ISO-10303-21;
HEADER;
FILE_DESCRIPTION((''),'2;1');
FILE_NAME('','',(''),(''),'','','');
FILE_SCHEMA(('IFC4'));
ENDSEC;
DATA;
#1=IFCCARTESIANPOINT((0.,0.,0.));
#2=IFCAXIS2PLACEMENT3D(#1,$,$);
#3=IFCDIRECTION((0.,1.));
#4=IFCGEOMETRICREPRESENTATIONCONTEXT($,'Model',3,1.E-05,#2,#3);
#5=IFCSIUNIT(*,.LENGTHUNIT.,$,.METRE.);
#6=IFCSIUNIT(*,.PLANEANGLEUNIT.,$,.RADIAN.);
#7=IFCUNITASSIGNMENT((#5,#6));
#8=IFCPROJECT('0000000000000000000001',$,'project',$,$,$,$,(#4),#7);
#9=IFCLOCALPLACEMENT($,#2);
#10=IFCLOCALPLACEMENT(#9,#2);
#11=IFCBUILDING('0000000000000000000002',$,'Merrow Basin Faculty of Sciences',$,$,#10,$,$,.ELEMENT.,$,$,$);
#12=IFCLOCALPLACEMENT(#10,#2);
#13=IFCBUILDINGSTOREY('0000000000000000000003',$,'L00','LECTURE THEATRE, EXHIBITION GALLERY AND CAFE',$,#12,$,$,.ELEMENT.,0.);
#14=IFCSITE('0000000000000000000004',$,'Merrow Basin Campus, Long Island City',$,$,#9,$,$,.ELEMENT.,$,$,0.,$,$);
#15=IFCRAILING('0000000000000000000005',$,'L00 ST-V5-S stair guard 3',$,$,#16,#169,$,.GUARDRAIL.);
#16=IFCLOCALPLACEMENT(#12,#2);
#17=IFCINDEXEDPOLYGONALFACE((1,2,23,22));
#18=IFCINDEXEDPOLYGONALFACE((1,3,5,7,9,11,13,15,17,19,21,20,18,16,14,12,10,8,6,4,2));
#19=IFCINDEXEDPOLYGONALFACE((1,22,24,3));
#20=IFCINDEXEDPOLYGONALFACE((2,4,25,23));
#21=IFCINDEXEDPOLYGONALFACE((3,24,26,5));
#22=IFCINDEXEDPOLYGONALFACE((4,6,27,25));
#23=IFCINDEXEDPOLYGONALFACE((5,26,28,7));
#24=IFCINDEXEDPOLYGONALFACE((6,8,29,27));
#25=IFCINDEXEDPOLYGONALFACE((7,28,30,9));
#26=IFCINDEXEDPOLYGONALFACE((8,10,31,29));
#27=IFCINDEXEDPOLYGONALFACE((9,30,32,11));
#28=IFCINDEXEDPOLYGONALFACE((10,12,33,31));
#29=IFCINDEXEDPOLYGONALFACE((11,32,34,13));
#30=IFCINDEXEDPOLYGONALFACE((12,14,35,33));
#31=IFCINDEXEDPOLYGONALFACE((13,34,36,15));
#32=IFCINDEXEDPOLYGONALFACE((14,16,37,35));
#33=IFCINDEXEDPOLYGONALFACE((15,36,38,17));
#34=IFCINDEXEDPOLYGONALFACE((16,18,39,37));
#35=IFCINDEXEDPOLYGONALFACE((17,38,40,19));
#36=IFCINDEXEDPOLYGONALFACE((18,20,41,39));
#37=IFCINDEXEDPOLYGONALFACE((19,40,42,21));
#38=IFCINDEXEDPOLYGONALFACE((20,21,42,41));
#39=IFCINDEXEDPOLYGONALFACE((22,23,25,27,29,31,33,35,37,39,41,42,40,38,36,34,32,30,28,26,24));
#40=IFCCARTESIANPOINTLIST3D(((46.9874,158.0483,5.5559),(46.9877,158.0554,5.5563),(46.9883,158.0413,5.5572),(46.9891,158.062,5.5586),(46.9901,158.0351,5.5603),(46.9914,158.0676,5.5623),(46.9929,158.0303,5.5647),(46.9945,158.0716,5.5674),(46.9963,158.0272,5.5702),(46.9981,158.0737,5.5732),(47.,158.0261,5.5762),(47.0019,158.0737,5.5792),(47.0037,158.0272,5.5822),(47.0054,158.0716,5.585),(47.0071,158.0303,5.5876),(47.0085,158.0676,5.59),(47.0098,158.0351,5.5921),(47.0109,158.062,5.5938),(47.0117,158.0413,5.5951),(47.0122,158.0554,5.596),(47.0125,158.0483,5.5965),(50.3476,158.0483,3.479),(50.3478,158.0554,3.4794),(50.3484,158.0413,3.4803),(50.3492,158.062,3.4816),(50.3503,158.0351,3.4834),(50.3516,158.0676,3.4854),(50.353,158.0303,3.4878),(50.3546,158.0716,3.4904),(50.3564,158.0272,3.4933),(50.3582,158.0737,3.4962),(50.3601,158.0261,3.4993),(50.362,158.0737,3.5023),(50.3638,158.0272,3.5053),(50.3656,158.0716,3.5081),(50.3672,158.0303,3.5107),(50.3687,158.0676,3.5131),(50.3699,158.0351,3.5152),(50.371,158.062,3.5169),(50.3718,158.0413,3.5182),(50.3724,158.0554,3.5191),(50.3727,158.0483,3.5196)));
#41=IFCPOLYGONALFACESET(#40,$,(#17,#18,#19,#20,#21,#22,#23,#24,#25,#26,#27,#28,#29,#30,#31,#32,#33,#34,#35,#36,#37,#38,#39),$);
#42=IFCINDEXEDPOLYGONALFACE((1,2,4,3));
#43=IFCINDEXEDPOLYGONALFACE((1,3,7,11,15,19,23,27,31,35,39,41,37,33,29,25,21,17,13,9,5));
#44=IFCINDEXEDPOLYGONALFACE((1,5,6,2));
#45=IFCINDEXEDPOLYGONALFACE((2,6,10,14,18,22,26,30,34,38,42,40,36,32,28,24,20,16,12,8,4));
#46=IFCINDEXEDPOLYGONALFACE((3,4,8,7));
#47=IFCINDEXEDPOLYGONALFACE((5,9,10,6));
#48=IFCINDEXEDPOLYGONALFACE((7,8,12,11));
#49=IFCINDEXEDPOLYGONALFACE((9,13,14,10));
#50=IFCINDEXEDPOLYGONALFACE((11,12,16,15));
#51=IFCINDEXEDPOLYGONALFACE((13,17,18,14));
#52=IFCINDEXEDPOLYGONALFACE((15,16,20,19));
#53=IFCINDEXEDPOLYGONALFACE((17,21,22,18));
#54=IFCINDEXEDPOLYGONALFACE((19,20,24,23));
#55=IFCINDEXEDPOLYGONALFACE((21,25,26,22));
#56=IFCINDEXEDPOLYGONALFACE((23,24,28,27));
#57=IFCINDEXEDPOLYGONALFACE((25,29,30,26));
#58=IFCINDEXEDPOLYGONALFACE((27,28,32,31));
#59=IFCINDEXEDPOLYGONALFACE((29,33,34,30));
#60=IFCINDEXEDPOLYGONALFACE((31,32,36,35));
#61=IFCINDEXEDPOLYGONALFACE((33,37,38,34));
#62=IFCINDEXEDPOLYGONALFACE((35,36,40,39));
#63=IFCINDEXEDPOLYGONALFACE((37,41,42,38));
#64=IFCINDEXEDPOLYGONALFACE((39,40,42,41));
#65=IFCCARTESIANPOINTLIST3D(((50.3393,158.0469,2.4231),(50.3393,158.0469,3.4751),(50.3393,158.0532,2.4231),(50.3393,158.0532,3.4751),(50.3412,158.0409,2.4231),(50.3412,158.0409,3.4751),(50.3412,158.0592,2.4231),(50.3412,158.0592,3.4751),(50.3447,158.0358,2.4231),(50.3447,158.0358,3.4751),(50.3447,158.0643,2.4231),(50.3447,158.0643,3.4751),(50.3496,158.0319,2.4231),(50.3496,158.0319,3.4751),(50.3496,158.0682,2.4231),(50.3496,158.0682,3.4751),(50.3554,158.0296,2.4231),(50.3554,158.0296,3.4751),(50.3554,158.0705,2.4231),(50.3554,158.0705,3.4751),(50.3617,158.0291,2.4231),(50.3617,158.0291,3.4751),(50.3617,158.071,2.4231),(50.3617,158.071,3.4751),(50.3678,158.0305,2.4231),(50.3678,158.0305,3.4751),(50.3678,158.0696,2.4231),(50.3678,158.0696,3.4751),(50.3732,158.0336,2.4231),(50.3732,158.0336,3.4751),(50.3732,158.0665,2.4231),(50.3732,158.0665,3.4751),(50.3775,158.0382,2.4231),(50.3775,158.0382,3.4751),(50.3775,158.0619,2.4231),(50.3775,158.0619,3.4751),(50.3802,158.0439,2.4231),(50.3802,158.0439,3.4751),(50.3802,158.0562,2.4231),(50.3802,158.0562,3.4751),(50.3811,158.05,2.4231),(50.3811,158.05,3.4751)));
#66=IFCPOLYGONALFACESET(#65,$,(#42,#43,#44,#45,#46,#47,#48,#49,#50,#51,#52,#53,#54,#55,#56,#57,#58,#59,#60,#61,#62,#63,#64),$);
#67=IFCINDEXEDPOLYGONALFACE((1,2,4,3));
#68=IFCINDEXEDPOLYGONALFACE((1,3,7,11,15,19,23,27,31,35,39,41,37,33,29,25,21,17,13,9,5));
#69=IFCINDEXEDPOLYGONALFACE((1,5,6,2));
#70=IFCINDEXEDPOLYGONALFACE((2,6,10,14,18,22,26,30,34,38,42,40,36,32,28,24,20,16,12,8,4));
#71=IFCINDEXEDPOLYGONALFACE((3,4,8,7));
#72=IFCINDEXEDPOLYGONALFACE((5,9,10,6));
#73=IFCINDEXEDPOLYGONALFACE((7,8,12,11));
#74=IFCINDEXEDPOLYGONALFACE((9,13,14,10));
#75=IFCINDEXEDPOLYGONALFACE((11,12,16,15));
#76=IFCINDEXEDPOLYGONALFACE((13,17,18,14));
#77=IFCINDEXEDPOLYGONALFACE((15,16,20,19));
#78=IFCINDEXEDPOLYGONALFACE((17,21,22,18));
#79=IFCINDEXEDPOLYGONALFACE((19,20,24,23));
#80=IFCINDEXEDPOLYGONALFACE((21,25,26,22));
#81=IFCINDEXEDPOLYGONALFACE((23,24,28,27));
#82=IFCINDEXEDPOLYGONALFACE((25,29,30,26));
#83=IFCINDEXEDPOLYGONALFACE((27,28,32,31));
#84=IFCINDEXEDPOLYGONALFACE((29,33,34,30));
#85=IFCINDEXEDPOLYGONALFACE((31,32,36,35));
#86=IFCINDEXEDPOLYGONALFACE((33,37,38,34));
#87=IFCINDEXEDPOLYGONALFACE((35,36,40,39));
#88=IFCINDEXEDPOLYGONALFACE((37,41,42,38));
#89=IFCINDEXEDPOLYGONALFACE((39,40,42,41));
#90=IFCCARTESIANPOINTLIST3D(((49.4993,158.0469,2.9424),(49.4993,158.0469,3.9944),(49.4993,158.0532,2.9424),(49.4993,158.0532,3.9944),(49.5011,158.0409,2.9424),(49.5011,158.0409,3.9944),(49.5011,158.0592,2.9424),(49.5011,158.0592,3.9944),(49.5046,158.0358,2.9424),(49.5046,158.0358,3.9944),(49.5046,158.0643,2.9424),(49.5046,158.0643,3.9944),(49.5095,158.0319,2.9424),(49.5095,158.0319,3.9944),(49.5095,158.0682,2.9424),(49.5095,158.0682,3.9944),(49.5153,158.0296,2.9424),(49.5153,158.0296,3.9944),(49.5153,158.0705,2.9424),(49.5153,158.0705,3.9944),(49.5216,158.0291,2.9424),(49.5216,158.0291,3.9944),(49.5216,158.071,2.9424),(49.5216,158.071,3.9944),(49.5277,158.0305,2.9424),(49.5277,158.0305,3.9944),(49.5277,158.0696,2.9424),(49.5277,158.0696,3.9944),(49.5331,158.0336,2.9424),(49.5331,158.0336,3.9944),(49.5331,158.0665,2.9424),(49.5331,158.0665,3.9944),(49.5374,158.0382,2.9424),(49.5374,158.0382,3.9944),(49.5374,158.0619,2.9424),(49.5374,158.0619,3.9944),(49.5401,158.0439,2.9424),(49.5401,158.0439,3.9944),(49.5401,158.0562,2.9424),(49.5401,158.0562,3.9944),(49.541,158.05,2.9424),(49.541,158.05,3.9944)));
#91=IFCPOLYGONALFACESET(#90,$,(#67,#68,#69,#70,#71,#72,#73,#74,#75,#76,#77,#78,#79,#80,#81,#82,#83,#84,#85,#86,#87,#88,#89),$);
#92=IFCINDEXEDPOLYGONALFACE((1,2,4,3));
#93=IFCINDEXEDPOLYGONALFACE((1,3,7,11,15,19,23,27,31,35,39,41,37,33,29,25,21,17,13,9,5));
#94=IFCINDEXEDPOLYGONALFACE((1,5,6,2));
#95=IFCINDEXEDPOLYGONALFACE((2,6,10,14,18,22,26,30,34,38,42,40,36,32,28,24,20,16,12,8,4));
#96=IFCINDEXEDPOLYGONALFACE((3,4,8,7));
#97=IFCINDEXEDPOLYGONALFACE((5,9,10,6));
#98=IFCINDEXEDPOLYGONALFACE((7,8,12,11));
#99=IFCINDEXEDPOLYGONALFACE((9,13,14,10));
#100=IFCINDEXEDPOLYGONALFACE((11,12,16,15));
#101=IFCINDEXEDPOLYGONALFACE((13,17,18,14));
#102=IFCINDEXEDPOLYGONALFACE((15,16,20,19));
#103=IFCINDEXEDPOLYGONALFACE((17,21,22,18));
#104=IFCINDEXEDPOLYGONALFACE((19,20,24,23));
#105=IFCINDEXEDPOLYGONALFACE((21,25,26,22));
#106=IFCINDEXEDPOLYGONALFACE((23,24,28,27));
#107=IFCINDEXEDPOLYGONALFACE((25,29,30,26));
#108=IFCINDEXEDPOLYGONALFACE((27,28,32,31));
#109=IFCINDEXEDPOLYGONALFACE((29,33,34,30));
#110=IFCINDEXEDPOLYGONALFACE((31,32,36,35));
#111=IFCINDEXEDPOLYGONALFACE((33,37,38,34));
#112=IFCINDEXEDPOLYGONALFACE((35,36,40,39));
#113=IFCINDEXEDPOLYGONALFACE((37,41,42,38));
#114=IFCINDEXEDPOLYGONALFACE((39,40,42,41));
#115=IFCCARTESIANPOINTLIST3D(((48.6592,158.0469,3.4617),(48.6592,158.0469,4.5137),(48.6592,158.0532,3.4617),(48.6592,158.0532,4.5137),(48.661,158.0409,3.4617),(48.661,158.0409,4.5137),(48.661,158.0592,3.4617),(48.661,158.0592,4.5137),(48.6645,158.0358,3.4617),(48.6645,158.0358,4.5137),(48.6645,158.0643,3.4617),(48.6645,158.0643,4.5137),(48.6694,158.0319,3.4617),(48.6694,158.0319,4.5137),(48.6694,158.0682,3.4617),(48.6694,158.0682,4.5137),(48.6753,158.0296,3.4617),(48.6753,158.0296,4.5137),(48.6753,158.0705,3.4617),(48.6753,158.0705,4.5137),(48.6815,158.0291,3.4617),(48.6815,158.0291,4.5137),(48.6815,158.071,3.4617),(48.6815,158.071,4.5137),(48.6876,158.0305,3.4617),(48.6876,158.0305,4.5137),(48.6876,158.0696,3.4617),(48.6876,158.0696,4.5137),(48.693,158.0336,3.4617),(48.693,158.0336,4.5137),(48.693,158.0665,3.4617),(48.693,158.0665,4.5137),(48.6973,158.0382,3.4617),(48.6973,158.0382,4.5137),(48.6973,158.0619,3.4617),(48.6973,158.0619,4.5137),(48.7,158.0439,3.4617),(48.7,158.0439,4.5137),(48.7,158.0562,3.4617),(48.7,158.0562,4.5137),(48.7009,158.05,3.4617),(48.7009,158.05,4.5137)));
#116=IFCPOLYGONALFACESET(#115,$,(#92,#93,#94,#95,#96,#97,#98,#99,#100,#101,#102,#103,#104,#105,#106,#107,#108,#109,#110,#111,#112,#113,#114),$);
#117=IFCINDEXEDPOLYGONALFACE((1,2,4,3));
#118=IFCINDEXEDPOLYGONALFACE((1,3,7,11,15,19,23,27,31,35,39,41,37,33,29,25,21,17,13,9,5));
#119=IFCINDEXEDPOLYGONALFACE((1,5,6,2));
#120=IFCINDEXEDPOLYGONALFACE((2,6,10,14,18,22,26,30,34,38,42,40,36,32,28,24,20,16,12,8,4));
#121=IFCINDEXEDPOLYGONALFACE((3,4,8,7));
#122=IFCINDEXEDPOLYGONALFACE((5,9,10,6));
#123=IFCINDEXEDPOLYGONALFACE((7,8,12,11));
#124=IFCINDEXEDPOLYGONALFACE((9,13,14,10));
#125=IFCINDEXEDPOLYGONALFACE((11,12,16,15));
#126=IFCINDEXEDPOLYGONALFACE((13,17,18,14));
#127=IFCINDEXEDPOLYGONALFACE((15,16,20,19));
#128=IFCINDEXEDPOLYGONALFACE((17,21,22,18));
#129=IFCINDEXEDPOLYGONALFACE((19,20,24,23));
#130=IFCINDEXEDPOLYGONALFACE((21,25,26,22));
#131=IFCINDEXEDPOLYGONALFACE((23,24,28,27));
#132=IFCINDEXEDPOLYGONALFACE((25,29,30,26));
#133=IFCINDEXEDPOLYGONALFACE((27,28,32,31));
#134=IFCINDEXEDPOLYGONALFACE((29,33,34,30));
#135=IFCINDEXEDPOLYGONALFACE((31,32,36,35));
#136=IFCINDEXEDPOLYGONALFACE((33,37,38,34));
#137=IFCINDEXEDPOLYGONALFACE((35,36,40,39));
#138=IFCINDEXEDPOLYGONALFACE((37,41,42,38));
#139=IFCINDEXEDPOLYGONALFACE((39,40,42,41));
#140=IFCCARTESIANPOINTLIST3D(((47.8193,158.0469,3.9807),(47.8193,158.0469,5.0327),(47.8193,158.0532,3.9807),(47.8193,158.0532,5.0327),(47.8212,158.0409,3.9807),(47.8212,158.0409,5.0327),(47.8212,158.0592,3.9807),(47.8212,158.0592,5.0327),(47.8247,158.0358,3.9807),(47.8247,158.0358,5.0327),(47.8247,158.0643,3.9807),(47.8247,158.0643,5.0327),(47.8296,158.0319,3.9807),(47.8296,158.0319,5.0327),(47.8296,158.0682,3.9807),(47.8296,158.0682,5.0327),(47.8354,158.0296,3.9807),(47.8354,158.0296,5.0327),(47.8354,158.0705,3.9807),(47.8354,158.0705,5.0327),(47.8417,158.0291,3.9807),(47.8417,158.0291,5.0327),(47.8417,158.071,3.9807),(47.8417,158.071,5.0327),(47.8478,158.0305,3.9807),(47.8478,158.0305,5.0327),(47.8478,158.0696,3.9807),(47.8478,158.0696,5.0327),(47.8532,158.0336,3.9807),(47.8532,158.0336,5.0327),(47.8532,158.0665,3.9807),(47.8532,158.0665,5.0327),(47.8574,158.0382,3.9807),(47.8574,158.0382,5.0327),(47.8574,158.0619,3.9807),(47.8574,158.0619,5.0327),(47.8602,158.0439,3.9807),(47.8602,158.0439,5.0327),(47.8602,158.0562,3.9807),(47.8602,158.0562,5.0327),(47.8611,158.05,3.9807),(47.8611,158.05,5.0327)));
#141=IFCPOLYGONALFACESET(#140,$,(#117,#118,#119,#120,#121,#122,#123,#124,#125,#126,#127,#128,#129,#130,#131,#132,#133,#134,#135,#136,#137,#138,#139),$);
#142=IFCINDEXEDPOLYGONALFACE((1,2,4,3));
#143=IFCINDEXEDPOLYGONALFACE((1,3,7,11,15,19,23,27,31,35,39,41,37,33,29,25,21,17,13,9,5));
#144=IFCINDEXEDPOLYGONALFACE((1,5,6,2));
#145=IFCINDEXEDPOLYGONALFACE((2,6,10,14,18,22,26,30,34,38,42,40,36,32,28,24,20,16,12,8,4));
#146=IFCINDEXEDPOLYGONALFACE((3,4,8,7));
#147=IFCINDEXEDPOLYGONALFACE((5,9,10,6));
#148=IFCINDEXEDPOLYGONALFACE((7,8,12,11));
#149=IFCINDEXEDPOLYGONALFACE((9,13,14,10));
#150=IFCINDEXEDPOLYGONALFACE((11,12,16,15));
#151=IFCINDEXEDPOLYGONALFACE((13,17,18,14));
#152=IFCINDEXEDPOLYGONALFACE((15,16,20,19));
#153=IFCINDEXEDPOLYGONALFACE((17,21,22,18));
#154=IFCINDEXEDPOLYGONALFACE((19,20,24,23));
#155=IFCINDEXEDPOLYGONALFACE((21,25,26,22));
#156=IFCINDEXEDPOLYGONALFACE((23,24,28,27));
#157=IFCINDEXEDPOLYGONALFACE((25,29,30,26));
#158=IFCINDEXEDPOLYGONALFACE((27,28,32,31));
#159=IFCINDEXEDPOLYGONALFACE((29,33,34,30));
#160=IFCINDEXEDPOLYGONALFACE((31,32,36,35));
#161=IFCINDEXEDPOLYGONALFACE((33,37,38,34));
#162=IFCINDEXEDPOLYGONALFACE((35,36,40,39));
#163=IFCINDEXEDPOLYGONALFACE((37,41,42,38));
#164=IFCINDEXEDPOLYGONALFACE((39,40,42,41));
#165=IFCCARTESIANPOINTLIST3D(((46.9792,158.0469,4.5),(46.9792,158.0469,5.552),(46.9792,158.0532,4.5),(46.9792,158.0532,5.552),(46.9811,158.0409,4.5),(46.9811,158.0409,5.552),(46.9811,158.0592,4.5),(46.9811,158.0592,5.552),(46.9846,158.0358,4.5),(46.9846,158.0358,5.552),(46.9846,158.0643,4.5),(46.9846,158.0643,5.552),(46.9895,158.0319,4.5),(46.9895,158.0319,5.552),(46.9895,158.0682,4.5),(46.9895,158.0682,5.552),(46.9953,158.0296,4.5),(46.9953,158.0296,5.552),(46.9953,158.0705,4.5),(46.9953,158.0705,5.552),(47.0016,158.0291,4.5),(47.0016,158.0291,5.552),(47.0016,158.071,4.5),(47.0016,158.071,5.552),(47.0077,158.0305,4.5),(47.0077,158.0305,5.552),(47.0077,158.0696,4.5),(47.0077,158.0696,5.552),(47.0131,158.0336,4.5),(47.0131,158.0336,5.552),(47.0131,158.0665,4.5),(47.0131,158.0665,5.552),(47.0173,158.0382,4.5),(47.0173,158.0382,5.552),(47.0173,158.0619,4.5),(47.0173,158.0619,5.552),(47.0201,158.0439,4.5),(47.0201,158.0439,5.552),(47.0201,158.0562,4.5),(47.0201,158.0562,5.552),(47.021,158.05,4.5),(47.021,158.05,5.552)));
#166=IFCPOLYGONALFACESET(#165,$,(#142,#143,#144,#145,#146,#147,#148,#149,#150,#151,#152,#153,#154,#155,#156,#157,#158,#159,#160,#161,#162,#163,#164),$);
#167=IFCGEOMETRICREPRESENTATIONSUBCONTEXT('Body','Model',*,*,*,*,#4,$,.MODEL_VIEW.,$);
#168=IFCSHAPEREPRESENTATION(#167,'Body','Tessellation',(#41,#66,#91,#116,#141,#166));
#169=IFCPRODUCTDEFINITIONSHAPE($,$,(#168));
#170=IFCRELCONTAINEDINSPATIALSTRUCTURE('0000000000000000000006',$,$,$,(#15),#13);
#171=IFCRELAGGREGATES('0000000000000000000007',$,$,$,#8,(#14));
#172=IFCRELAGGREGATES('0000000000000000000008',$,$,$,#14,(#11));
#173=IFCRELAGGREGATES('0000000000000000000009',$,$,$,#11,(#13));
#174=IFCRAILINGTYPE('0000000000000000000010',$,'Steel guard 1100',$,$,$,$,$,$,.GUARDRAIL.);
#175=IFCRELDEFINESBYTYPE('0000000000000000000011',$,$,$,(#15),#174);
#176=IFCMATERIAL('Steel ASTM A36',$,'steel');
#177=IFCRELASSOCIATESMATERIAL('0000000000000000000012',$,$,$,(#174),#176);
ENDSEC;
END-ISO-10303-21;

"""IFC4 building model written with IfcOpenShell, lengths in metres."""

from ifc_helpers import new_model, si_unit, direction, frame, origin, origin_2d, place, context, subcontext, project, spatial, circle, extrude, material, type_object, element, save


model = new_model("IFC4")

# Units and contexts
model_context = context("Model", 3, precision=1e-05, world=origin(), true_north=direction((0.0, 1.0)))
body_context = subcontext(model_context, "Body", "Model", "MODEL_VIEW")
ifc_project = project(units=[si_unit("LENGTHUNIT", "METRE"), si_unit("PLANEANGLEUNIT", "RADIAN")], contexts=[model_context])

# Site, building, storey
site_placement = place(None, origin())
site = spatial("IfcSite", under=ifc_project, at=site_placement, Name="Merrow Basin Campus, Long Island City", CompositionType="ELEMENT", RefElevation=0.0)
building_placement = place(site_placement, origin())
building = spatial("IfcBuilding", under=site, at=building_placement, Name="Merrow Basin Faculty of Sciences", CompositionType="ELEMENT")
storey_placement = place(building_placement, origin())
storey = spatial("IfcBuildingStorey", under=building, at=storey_placement, Name="L00", Description="LECTURE THEATRE, EXHIBITION GALLERY AND CAFE", CompositionType="ELEMENT", Elevation=0.0)

# Railing
ifc_material_1 = material(Name="Steel ASTM A36", Category="steel")
railing_type_1 = type_object("IfcRailingType", Name="Steel guard 1100", PredefinedType="GUARDRAIL", material=ifc_material_1)
railing_1_placement = place(storey_placement, frame((50.3601, 158.05, 2.4231)))
element("IfcRailing", 1, at=railing_1_placement, inside=storey, type_object=railing_type_1, Name="L00 ST-V5-S stair guard 3", PredefinedType="GUARDRAIL", context=body_context, shape_type="SweptSolid", body=[
    extrude(circle(Radius=0.0239, at=origin_2d()), frame((0.0, 0.0, 1.0762), z_axis=(-0.850623, 0.0, 0.525776), x_axis=(0.0, -1.0, 0.0)), (0.0, 0.0, 1.0), 3.9502),
    extrude(circle(Radius=0.021, at=origin_2d()), origin(), (0.0, 0.0, 1.0), 1.052),
    extrude(circle(Radius=0.021, at=origin_2d()), frame((-0.8401, 0.0, 0.5193)), (0.0, 0.0, 1.0), 1.052),
    extrude(circle(Radius=0.021, at=origin_2d()), frame((-1.6802, 0.0, 1.0386)), (0.0, 0.0, 1.0), 1.052),
    extrude(circle(Radius=0.021, at=origin_2d()), frame((-2.52, 0.0, 1.5576)), (0.0, 0.0, 1.0), 1.052),
    extrude(circle(Radius=0.021, at=origin_2d()), frame((-3.3601, 0.0, 2.0769)), (0.0, 0.0, 1.0), 1.052),
])

save(model, "model.ifc")
